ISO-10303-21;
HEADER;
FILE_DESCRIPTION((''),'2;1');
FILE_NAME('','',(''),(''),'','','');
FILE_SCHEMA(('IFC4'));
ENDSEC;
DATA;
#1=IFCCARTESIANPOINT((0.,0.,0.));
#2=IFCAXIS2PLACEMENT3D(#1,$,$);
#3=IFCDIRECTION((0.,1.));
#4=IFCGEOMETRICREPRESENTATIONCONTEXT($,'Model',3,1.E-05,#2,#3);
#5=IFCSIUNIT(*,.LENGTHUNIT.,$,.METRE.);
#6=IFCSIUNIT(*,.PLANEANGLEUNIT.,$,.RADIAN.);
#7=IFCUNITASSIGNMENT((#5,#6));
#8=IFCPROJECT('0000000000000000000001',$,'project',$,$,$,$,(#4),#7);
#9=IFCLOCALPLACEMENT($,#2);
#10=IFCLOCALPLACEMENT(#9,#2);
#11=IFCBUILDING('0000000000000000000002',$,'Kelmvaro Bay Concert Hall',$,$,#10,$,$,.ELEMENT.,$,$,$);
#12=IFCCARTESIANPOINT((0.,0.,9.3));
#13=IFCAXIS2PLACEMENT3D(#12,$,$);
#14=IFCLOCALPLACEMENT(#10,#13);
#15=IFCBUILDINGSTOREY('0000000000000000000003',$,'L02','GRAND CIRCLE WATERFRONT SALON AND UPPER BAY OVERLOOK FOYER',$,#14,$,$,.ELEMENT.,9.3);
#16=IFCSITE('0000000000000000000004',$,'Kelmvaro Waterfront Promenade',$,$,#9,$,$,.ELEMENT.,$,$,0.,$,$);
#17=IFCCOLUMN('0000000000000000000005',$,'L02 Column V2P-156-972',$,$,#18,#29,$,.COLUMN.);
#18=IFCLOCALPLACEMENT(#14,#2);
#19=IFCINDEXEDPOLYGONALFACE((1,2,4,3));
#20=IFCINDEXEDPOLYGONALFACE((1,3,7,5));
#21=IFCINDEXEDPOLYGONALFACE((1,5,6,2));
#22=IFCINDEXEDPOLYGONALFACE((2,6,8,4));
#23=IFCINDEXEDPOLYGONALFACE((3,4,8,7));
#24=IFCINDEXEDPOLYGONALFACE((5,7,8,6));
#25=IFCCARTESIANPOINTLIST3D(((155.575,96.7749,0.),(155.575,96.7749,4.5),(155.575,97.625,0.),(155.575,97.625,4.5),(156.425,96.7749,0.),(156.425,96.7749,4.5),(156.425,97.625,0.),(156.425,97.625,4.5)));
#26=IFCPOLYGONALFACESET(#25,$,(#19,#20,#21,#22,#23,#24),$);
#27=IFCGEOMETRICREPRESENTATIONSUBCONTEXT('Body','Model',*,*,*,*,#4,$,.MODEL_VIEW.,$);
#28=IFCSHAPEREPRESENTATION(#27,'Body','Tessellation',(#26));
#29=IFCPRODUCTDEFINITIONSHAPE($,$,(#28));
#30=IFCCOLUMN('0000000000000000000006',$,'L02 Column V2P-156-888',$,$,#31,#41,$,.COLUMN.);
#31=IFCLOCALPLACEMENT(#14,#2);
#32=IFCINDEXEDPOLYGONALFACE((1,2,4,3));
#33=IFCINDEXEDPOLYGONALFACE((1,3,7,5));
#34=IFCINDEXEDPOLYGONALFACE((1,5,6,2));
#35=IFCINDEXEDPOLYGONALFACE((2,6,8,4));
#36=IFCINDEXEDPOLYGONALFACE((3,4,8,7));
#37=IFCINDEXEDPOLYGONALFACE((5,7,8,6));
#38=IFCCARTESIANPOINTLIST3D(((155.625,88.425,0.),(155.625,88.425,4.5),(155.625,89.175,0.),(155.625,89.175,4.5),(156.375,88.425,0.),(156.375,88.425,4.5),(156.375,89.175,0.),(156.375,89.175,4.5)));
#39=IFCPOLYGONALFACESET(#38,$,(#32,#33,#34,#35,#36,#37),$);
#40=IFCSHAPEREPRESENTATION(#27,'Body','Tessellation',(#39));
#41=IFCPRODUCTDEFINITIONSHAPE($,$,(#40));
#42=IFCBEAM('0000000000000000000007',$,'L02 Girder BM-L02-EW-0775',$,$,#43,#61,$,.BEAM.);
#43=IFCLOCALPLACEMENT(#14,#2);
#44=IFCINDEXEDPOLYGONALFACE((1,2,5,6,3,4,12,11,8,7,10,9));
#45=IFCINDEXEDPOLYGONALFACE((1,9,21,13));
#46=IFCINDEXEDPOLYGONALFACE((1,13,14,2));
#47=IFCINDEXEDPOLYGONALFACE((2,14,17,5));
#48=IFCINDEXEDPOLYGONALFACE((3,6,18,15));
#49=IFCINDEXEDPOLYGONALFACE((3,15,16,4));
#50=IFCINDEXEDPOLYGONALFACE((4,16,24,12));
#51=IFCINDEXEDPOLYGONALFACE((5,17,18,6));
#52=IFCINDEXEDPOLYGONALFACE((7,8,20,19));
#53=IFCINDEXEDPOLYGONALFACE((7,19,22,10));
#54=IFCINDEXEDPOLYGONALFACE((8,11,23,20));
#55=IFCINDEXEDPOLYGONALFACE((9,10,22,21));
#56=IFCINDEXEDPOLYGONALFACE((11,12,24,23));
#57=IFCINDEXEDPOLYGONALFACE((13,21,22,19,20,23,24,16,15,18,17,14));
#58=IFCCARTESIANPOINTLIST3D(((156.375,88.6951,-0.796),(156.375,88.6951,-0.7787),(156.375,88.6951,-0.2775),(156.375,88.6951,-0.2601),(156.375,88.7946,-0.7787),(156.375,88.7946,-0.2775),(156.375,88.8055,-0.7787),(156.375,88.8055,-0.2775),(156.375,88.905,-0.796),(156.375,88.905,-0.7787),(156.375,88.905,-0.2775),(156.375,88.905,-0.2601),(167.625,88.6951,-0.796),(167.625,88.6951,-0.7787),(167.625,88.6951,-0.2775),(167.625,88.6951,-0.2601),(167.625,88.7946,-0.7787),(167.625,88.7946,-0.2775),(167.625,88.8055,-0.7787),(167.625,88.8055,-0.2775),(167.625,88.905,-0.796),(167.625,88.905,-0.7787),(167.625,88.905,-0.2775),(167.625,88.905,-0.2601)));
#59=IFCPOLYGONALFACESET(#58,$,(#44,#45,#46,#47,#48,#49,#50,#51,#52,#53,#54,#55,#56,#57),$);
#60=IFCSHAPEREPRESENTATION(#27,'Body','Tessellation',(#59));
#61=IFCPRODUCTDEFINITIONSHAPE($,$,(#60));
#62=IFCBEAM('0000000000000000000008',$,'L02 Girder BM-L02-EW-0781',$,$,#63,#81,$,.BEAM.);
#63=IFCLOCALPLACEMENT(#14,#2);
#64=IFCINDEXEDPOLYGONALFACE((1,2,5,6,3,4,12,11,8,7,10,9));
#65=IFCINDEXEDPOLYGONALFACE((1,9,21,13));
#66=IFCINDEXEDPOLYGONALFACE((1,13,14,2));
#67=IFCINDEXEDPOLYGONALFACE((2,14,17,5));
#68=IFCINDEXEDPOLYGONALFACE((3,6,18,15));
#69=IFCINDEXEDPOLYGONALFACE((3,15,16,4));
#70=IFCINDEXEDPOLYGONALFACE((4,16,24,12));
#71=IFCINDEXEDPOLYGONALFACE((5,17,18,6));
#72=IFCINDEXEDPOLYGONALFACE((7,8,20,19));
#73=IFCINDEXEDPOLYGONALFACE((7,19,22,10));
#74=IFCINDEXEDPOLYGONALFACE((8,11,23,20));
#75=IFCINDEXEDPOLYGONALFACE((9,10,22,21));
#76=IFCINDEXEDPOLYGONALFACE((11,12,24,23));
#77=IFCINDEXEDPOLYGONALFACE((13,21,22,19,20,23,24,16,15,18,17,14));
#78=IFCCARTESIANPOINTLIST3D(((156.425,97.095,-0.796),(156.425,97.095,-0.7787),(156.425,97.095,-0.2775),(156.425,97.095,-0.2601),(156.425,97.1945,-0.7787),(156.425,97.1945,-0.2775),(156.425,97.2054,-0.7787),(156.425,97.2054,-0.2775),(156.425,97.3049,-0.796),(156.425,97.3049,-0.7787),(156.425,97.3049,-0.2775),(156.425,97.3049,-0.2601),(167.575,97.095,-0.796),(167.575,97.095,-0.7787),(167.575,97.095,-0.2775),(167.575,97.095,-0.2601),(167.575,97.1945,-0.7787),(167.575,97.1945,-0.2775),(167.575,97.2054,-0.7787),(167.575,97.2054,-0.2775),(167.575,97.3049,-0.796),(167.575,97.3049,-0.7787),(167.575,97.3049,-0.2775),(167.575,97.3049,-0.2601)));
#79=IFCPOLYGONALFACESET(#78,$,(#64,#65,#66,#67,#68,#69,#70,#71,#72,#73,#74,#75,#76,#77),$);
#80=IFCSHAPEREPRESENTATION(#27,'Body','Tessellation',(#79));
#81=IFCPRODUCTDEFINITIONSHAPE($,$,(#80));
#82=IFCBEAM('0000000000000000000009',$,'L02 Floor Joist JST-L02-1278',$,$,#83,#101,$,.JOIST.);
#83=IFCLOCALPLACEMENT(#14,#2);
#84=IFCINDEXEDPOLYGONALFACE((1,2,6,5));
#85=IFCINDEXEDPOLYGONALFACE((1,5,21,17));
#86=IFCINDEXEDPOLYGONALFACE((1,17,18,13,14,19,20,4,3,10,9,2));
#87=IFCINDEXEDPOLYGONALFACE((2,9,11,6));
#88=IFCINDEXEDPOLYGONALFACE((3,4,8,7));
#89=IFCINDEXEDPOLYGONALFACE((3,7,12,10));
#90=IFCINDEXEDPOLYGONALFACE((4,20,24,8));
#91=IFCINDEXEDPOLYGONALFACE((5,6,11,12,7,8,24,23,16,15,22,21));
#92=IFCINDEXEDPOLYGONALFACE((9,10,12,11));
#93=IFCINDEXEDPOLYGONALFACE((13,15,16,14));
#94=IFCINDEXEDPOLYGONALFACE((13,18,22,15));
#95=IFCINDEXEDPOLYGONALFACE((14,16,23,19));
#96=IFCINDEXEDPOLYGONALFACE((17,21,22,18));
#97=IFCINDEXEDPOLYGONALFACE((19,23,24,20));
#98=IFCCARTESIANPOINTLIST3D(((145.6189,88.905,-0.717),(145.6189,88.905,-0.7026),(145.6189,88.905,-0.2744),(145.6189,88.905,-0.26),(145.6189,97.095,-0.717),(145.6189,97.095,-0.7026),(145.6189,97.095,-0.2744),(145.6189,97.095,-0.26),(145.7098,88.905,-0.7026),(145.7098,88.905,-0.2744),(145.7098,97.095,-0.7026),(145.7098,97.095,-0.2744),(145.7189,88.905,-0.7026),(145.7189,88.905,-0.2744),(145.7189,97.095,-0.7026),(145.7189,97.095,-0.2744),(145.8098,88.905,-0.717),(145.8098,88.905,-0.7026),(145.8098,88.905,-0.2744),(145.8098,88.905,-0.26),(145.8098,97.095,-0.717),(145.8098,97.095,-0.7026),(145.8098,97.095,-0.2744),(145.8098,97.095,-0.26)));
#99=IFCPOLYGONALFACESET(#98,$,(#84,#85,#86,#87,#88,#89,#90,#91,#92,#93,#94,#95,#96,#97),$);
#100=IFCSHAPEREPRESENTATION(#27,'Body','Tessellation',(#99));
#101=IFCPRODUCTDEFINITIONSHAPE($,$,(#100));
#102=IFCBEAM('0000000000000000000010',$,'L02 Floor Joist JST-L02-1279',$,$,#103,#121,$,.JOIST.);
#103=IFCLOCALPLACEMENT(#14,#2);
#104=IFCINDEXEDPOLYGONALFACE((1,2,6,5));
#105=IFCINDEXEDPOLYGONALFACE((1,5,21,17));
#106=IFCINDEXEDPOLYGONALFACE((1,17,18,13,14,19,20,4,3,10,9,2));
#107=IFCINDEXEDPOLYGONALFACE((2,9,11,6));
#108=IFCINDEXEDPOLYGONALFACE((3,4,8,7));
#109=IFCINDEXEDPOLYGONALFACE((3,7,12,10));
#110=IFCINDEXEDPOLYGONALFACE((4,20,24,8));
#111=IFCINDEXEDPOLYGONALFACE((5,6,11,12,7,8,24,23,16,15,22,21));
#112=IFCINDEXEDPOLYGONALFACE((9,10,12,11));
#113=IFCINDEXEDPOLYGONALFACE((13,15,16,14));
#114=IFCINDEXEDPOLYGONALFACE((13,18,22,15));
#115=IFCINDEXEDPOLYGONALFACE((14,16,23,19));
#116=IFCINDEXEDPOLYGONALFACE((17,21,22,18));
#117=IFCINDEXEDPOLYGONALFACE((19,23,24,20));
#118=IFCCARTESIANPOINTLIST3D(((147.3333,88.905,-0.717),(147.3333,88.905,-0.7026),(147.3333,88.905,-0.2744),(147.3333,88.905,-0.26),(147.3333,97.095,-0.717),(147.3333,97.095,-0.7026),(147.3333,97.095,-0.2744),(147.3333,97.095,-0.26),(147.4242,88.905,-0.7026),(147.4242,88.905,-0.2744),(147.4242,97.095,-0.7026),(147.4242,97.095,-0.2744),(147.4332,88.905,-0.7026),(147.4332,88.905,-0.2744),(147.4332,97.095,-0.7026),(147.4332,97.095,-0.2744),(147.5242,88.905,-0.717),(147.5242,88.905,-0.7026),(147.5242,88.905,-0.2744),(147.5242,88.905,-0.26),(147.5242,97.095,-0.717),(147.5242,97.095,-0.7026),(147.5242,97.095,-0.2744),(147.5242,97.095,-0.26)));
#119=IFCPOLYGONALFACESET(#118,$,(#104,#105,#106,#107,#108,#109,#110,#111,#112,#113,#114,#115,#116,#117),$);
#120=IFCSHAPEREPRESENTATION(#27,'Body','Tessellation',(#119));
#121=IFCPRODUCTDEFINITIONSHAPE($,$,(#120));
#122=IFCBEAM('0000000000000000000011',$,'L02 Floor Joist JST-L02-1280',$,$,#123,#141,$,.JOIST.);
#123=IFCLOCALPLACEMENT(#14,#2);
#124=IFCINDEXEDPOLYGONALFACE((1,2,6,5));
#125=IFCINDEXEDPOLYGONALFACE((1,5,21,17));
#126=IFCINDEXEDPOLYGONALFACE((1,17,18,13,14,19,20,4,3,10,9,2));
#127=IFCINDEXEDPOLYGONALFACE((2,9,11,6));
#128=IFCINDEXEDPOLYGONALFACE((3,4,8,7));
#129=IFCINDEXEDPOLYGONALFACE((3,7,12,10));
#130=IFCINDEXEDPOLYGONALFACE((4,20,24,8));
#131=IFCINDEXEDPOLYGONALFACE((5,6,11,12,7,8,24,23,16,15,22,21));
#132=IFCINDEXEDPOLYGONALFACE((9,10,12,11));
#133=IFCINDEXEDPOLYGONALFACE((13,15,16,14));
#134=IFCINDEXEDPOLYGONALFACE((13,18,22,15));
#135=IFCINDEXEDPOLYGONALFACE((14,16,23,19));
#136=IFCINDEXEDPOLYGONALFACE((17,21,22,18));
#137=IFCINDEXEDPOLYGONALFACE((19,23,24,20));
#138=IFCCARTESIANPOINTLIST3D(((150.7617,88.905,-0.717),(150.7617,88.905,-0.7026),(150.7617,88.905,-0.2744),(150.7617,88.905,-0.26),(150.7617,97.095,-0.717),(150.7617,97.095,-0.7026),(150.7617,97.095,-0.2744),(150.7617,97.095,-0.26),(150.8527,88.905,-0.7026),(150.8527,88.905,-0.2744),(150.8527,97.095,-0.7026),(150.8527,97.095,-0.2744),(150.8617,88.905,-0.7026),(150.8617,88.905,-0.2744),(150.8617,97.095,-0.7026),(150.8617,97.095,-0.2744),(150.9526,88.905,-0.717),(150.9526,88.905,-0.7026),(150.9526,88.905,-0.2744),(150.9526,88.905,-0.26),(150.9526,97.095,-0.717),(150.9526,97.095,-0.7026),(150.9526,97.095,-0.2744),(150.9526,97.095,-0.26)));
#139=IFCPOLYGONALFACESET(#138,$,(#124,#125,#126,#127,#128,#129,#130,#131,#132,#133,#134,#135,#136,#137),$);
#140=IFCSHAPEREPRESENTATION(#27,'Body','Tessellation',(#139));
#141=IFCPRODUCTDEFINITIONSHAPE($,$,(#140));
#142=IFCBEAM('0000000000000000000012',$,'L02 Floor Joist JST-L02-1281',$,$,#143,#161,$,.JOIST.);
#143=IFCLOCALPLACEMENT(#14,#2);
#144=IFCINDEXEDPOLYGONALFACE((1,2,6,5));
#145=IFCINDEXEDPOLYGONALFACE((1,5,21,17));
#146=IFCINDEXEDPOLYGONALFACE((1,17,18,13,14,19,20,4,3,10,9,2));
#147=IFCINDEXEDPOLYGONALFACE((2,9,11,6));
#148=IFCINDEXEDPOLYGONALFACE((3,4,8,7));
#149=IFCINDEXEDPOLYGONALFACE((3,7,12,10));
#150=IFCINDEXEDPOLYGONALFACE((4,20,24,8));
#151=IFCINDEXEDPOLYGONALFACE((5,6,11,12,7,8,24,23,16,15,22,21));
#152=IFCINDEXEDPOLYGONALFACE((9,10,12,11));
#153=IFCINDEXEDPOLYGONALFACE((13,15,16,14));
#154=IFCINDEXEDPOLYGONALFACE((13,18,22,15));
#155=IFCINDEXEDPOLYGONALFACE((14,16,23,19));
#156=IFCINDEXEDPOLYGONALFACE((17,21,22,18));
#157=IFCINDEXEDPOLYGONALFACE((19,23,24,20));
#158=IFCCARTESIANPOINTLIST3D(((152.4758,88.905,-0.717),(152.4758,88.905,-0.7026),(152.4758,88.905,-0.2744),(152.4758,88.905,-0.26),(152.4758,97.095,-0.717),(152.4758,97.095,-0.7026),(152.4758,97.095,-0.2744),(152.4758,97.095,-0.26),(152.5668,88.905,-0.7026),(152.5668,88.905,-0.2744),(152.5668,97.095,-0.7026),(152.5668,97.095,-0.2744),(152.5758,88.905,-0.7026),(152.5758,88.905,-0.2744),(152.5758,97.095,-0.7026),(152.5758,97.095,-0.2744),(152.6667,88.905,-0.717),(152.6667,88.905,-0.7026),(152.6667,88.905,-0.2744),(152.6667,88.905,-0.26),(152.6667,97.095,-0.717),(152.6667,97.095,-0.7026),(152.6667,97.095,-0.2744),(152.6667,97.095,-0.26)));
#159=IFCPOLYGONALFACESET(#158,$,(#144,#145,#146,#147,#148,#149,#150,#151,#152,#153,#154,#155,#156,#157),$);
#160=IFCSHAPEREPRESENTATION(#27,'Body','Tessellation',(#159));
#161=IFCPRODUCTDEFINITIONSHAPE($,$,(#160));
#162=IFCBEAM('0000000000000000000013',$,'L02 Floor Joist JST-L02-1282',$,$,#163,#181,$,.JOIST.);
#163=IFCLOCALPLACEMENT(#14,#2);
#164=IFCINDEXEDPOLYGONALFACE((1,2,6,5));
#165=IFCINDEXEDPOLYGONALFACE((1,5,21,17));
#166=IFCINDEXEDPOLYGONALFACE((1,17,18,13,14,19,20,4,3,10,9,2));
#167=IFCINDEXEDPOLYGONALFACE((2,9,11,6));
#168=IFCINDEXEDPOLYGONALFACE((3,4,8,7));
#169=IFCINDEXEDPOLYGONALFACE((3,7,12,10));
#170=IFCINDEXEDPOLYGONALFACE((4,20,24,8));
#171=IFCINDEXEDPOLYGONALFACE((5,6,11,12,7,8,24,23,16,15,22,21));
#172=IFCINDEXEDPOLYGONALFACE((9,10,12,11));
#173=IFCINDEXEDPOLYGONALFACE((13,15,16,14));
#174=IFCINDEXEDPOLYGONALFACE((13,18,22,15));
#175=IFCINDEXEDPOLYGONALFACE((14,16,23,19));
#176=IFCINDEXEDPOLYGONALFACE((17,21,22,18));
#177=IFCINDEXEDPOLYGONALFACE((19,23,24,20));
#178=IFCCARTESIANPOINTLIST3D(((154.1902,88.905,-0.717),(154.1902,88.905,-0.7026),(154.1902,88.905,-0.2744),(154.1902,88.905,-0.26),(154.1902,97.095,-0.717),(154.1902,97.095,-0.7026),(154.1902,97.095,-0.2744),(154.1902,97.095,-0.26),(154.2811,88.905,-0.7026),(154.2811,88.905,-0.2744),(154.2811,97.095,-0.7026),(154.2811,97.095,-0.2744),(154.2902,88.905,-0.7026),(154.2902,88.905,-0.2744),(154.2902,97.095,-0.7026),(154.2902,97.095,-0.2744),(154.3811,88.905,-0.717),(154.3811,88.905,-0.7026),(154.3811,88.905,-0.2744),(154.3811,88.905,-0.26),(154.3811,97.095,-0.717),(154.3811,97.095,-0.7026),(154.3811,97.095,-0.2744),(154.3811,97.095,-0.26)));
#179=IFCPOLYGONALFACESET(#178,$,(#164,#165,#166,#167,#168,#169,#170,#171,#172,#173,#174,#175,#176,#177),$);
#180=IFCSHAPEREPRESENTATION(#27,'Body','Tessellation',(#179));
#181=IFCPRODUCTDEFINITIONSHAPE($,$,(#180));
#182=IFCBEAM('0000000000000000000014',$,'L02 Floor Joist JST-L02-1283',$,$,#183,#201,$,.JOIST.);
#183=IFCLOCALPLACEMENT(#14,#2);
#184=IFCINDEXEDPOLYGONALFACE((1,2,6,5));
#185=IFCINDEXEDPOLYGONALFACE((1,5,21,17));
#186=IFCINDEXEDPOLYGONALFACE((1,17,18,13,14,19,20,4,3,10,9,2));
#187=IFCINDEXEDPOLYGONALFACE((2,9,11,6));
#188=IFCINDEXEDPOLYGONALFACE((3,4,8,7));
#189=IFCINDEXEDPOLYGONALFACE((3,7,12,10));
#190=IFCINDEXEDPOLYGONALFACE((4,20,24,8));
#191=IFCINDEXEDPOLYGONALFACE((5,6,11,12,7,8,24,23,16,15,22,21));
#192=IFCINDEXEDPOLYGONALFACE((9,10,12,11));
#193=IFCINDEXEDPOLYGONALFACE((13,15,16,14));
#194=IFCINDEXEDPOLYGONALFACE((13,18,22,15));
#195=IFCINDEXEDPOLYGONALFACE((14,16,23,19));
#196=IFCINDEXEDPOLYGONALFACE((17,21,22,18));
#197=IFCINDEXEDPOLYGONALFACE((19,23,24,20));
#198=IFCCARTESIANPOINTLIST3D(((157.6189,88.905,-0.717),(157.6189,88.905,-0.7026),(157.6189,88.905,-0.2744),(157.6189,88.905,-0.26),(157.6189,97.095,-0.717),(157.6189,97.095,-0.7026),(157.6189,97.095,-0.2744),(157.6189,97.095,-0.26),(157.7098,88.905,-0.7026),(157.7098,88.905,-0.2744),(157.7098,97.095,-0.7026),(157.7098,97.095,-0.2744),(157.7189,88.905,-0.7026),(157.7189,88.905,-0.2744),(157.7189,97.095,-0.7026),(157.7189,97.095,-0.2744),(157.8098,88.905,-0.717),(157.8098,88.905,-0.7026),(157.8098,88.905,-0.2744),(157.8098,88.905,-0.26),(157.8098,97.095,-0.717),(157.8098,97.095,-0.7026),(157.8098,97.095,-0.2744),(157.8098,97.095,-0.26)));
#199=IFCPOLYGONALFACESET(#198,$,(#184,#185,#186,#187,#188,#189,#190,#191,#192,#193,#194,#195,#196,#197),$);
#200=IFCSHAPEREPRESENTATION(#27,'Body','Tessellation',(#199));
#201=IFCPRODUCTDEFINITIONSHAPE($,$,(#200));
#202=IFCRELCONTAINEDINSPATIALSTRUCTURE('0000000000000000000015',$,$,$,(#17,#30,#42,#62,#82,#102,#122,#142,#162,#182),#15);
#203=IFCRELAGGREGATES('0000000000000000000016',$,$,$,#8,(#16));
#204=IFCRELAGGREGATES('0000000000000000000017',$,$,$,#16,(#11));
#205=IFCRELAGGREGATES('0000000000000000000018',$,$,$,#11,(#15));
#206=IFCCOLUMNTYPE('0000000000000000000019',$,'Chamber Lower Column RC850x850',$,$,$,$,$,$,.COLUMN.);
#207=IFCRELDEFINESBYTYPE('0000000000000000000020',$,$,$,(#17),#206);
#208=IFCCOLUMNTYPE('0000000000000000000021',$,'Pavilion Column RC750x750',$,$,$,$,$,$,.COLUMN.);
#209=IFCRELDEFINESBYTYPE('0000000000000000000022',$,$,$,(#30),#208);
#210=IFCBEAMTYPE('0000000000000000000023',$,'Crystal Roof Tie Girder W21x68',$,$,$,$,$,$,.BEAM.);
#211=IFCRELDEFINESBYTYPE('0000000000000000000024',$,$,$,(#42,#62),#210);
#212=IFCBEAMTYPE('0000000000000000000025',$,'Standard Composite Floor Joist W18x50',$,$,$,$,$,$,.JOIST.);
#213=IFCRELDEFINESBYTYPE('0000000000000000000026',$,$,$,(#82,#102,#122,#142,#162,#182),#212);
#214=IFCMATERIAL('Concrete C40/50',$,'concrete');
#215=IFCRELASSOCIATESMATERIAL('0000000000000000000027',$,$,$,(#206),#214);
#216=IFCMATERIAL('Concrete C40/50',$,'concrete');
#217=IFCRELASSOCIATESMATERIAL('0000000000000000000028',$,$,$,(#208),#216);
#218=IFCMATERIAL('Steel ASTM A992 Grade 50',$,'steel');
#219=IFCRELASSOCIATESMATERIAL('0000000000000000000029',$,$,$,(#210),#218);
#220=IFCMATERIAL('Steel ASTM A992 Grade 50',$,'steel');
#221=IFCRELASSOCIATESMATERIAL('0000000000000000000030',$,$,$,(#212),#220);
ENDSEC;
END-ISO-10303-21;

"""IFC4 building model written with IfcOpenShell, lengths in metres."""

from ifc_helpers import new_model, si_unit, direction, frame, origin, origin_2d, place, context, subcontext, project, spatial, rectangle, i_section, extrude, material, material_profile, profile_set, type_object, element, save


model = new_model("IFC4")

# Units and contexts
model_context = context("Model", 3, precision=1e-05, world=origin(), true_north=direction((0.0, 1.0)))
body_context = subcontext(model_context, "Body", "Model", "MODEL_VIEW")
ifc_project = project(units=[si_unit("LENGTHUNIT", "METRE"), si_unit("PLANEANGLEUNIT", "RADIAN")], contexts=[model_context])

# Site, building, storey
site_placement = place(None, origin())
site = spatial("IfcSite", under=ifc_project, at=site_placement, Name="Kelmvaro Waterfront Promenade", CompositionType="ELEMENT", RefElevation=0.0)
building_placement = place(site_placement, origin())
building = spatial("IfcBuilding", under=site, at=building_placement, Name="Kelmvaro Bay Concert Hall", CompositionType="ELEMENT")
storey_placement = place(building_placement, frame((0.0, 0.0, 9.3)))
storey = spatial("IfcBuildingStorey", under=building, at=storey_placement, Name="L02", Description="GRAND CIRCLE WATERFRONT SALON AND UPPER BAY OVERLOOK FOYER", CompositionType="ELEMENT", Elevation=9.3)

# Columns
ifc_material_1 = material(Name="Concrete C40/50", Category="concrete")
ifc_material_profile_1 = material_profile(ifc_material_1, rectangle(XDim=0.8501, YDim=0.8501, at=origin_2d()), Name="RC-COL-850X850")
ifc_profile_set_1 = profile_set([ifc_material_profile_1], Name="Concrete C40/50")
column_type_1 = type_object("IfcColumnType", Name="Chamber Lower Column RC850x850", PredefinedType="COLUMN", material=ifc_profile_set_1)
column_1_placement = place(storey_placement, frame((156.0, 97.2, 0.0), z_axis=(0.0, 0.0, 1.0), x_axis=(1.0, 0.0, 0.0)))
element("IfcColumn", 1, at=column_1_placement, inside=storey, type_object=column_type_1, Name="L02 Column V2P-156-972", PredefinedType="COLUMN", context=body_context, shape_type="SweptSolid", body=[
    extrude(rectangle(XDim=0.8501, YDim=0.8501, at=origin_2d()), origin(), (0.0, 0.0, 1.0), 4.5),
])
ifc_material_2 = material(Name="Concrete C40/50", Category="concrete")
ifc_material_profile_2 = material_profile(ifc_material_2, rectangle(XDim=0.75, YDim=0.75, at=origin_2d()), Name="RC-COL-750X750")
ifc_profile_set_2 = profile_set([ifc_material_profile_2], Name="Concrete C40/50")
column_type_2 = type_object("IfcColumnType", Name="Pavilion Column RC750x750", PredefinedType="COLUMN", material=ifc_profile_set_2)
column_2_placement = place(storey_placement, frame((156.0, 88.8, 0.0), z_axis=(0.0, 0.0, 1.0), x_axis=(1.0, 0.0, 0.0)))
element("IfcColumn", 2, at=column_2_placement, inside=storey, type_object=column_type_2, Name="L02 Column V2P-156-888", PredefinedType="COLUMN", context=body_context, shape_type="SweptSolid", body=[
    extrude(rectangle(XDim=0.75, YDim=0.75, at=origin_2d()), origin(), (0.0, 0.0, 1.0), 4.5),
])

# Beams
ifc_material_3 = material(Name="Steel ASTM A992 Grade 50", Category="steel")
ifc_material_profile_3 = material_profile(ifc_material_3, i_section(OverallWidth=0.21, OverallDepth=0.5359, WebThickness=0.011, FlangeThickness=0.0173, at=origin_2d()), Name="W21X68")
ifc_profile_set_3 = profile_set([ifc_material_profile_3], Name="Steel ASTM A992 Grade 50")
beam_type_1 = type_object("IfcBeamType", Name="Crystal Roof Tie Girder W21x68", PredefinedType="BEAM", material=ifc_profile_set_3)
beam_1_placement = place(storey_placement, frame((156.375, 88.8, -0.5281), z_axis=(1.0, 0.0, 0.0), x_axis=(0.0, 1.0, 0.0)))
element("IfcBeam", 3, at=beam_1_placement, inside=storey, type_object=beam_type_1, Name="L02 Girder BM-L02-EW-0775", PredefinedType="BEAM", context=body_context, shape_type="SweptSolid", body=[
    extrude(i_section(OverallWidth=0.21, OverallDepth=0.5359, WebThickness=0.011, FlangeThickness=0.0173, at=origin_2d()), origin(), (0.0, 0.0, 1.0), 11.25),
])
beam_2_placement = place(storey_placement, frame((156.425, 97.2, -0.5281), z_axis=(1.0, 0.0, 0.0), x_axis=(0.0, 1.0, 0.0)))
element("IfcBeam", 4, at=beam_2_placement, inside=storey, type_object=beam_type_1, Name="L02 Girder BM-L02-EW-0781", PredefinedType="BEAM", context=body_context, shape_type="SweptSolid", body=[
    extrude(i_section(OverallWidth=0.21, OverallDepth=0.5359, WebThickness=0.011, FlangeThickness=0.0173, at=origin_2d()), origin(), (0.0, 0.0, 1.0), 11.1499),
])
ifc_material_4 = material(Name="Steel ASTM A992 Grade 50", Category="steel")
ifc_material_profile_4 = material_profile(ifc_material_4, i_section(OverallWidth=0.1909, OverallDepth=0.457, WebThickness=0.009, FlangeThickness=0.0144, at=origin_2d()), Name="W18X50")
ifc_profile_set_4 = profile_set([ifc_material_profile_4], Name="Steel ASTM A992 Grade 50")
beam_type_2 = type_object("IfcBeamType", Name="Standard Composite Floor Joist W18x50", PredefinedType="JOIST", material=ifc_profile_set_4)
for number, where, z_axis, x_axis, name in (
    (5, (145.7144, 88.905, -0.4885), (0.0, 1.0, 0.0), (-1.0, 0.0, 0.0), "L02 Floor Joist JST-L02-1278"),
    (6, (147.4287, 88.905, -0.4885), (0.0, 1.0, 0.0), (-1.0, 0.0, 0.0), "L02 Floor Joist JST-L02-1279"),
    (7, (150.8572, 88.905, -0.4885), (0.0, 1.0, 0.0), (-1.0, 0.0, 0.0), "L02 Floor Joist JST-L02-1280"),
    (8, (152.5713, 88.905, -0.4885), (0.0, 1.0, 0.0), (-1.0, 0.0, 0.0), "L02 Floor Joist JST-L02-1281"),
    (9, (154.2856, 88.905, -0.4885), (0.0, 1.0, 0.0), (-1.0, 0.0, 0.0), "L02 Floor Joist JST-L02-1282"),
    (10, (157.7144, 88.905, -0.4885), (0.0, 1.0, 0.0), (-1.0, 0.0, 0.0), "L02 Floor Joist JST-L02-1283"),
):
    element("IfcBeam", number, at=place(storey_placement, frame(where, z_axis=z_axis, x_axis=x_axis)), inside=storey, type_object=beam_type_2, Name=name, PredefinedType="JOIST", context=body_context, shape_type="SweptSolid", body=[
        extrude(i_section(OverallWidth=0.1909, OverallDepth=0.457, WebThickness=0.009, FlangeThickness=0.0144, at=origin_2d()), origin(), (0.0, 0.0, 1.0), 8.1899),
    ])

save(model, "model.ifc")
